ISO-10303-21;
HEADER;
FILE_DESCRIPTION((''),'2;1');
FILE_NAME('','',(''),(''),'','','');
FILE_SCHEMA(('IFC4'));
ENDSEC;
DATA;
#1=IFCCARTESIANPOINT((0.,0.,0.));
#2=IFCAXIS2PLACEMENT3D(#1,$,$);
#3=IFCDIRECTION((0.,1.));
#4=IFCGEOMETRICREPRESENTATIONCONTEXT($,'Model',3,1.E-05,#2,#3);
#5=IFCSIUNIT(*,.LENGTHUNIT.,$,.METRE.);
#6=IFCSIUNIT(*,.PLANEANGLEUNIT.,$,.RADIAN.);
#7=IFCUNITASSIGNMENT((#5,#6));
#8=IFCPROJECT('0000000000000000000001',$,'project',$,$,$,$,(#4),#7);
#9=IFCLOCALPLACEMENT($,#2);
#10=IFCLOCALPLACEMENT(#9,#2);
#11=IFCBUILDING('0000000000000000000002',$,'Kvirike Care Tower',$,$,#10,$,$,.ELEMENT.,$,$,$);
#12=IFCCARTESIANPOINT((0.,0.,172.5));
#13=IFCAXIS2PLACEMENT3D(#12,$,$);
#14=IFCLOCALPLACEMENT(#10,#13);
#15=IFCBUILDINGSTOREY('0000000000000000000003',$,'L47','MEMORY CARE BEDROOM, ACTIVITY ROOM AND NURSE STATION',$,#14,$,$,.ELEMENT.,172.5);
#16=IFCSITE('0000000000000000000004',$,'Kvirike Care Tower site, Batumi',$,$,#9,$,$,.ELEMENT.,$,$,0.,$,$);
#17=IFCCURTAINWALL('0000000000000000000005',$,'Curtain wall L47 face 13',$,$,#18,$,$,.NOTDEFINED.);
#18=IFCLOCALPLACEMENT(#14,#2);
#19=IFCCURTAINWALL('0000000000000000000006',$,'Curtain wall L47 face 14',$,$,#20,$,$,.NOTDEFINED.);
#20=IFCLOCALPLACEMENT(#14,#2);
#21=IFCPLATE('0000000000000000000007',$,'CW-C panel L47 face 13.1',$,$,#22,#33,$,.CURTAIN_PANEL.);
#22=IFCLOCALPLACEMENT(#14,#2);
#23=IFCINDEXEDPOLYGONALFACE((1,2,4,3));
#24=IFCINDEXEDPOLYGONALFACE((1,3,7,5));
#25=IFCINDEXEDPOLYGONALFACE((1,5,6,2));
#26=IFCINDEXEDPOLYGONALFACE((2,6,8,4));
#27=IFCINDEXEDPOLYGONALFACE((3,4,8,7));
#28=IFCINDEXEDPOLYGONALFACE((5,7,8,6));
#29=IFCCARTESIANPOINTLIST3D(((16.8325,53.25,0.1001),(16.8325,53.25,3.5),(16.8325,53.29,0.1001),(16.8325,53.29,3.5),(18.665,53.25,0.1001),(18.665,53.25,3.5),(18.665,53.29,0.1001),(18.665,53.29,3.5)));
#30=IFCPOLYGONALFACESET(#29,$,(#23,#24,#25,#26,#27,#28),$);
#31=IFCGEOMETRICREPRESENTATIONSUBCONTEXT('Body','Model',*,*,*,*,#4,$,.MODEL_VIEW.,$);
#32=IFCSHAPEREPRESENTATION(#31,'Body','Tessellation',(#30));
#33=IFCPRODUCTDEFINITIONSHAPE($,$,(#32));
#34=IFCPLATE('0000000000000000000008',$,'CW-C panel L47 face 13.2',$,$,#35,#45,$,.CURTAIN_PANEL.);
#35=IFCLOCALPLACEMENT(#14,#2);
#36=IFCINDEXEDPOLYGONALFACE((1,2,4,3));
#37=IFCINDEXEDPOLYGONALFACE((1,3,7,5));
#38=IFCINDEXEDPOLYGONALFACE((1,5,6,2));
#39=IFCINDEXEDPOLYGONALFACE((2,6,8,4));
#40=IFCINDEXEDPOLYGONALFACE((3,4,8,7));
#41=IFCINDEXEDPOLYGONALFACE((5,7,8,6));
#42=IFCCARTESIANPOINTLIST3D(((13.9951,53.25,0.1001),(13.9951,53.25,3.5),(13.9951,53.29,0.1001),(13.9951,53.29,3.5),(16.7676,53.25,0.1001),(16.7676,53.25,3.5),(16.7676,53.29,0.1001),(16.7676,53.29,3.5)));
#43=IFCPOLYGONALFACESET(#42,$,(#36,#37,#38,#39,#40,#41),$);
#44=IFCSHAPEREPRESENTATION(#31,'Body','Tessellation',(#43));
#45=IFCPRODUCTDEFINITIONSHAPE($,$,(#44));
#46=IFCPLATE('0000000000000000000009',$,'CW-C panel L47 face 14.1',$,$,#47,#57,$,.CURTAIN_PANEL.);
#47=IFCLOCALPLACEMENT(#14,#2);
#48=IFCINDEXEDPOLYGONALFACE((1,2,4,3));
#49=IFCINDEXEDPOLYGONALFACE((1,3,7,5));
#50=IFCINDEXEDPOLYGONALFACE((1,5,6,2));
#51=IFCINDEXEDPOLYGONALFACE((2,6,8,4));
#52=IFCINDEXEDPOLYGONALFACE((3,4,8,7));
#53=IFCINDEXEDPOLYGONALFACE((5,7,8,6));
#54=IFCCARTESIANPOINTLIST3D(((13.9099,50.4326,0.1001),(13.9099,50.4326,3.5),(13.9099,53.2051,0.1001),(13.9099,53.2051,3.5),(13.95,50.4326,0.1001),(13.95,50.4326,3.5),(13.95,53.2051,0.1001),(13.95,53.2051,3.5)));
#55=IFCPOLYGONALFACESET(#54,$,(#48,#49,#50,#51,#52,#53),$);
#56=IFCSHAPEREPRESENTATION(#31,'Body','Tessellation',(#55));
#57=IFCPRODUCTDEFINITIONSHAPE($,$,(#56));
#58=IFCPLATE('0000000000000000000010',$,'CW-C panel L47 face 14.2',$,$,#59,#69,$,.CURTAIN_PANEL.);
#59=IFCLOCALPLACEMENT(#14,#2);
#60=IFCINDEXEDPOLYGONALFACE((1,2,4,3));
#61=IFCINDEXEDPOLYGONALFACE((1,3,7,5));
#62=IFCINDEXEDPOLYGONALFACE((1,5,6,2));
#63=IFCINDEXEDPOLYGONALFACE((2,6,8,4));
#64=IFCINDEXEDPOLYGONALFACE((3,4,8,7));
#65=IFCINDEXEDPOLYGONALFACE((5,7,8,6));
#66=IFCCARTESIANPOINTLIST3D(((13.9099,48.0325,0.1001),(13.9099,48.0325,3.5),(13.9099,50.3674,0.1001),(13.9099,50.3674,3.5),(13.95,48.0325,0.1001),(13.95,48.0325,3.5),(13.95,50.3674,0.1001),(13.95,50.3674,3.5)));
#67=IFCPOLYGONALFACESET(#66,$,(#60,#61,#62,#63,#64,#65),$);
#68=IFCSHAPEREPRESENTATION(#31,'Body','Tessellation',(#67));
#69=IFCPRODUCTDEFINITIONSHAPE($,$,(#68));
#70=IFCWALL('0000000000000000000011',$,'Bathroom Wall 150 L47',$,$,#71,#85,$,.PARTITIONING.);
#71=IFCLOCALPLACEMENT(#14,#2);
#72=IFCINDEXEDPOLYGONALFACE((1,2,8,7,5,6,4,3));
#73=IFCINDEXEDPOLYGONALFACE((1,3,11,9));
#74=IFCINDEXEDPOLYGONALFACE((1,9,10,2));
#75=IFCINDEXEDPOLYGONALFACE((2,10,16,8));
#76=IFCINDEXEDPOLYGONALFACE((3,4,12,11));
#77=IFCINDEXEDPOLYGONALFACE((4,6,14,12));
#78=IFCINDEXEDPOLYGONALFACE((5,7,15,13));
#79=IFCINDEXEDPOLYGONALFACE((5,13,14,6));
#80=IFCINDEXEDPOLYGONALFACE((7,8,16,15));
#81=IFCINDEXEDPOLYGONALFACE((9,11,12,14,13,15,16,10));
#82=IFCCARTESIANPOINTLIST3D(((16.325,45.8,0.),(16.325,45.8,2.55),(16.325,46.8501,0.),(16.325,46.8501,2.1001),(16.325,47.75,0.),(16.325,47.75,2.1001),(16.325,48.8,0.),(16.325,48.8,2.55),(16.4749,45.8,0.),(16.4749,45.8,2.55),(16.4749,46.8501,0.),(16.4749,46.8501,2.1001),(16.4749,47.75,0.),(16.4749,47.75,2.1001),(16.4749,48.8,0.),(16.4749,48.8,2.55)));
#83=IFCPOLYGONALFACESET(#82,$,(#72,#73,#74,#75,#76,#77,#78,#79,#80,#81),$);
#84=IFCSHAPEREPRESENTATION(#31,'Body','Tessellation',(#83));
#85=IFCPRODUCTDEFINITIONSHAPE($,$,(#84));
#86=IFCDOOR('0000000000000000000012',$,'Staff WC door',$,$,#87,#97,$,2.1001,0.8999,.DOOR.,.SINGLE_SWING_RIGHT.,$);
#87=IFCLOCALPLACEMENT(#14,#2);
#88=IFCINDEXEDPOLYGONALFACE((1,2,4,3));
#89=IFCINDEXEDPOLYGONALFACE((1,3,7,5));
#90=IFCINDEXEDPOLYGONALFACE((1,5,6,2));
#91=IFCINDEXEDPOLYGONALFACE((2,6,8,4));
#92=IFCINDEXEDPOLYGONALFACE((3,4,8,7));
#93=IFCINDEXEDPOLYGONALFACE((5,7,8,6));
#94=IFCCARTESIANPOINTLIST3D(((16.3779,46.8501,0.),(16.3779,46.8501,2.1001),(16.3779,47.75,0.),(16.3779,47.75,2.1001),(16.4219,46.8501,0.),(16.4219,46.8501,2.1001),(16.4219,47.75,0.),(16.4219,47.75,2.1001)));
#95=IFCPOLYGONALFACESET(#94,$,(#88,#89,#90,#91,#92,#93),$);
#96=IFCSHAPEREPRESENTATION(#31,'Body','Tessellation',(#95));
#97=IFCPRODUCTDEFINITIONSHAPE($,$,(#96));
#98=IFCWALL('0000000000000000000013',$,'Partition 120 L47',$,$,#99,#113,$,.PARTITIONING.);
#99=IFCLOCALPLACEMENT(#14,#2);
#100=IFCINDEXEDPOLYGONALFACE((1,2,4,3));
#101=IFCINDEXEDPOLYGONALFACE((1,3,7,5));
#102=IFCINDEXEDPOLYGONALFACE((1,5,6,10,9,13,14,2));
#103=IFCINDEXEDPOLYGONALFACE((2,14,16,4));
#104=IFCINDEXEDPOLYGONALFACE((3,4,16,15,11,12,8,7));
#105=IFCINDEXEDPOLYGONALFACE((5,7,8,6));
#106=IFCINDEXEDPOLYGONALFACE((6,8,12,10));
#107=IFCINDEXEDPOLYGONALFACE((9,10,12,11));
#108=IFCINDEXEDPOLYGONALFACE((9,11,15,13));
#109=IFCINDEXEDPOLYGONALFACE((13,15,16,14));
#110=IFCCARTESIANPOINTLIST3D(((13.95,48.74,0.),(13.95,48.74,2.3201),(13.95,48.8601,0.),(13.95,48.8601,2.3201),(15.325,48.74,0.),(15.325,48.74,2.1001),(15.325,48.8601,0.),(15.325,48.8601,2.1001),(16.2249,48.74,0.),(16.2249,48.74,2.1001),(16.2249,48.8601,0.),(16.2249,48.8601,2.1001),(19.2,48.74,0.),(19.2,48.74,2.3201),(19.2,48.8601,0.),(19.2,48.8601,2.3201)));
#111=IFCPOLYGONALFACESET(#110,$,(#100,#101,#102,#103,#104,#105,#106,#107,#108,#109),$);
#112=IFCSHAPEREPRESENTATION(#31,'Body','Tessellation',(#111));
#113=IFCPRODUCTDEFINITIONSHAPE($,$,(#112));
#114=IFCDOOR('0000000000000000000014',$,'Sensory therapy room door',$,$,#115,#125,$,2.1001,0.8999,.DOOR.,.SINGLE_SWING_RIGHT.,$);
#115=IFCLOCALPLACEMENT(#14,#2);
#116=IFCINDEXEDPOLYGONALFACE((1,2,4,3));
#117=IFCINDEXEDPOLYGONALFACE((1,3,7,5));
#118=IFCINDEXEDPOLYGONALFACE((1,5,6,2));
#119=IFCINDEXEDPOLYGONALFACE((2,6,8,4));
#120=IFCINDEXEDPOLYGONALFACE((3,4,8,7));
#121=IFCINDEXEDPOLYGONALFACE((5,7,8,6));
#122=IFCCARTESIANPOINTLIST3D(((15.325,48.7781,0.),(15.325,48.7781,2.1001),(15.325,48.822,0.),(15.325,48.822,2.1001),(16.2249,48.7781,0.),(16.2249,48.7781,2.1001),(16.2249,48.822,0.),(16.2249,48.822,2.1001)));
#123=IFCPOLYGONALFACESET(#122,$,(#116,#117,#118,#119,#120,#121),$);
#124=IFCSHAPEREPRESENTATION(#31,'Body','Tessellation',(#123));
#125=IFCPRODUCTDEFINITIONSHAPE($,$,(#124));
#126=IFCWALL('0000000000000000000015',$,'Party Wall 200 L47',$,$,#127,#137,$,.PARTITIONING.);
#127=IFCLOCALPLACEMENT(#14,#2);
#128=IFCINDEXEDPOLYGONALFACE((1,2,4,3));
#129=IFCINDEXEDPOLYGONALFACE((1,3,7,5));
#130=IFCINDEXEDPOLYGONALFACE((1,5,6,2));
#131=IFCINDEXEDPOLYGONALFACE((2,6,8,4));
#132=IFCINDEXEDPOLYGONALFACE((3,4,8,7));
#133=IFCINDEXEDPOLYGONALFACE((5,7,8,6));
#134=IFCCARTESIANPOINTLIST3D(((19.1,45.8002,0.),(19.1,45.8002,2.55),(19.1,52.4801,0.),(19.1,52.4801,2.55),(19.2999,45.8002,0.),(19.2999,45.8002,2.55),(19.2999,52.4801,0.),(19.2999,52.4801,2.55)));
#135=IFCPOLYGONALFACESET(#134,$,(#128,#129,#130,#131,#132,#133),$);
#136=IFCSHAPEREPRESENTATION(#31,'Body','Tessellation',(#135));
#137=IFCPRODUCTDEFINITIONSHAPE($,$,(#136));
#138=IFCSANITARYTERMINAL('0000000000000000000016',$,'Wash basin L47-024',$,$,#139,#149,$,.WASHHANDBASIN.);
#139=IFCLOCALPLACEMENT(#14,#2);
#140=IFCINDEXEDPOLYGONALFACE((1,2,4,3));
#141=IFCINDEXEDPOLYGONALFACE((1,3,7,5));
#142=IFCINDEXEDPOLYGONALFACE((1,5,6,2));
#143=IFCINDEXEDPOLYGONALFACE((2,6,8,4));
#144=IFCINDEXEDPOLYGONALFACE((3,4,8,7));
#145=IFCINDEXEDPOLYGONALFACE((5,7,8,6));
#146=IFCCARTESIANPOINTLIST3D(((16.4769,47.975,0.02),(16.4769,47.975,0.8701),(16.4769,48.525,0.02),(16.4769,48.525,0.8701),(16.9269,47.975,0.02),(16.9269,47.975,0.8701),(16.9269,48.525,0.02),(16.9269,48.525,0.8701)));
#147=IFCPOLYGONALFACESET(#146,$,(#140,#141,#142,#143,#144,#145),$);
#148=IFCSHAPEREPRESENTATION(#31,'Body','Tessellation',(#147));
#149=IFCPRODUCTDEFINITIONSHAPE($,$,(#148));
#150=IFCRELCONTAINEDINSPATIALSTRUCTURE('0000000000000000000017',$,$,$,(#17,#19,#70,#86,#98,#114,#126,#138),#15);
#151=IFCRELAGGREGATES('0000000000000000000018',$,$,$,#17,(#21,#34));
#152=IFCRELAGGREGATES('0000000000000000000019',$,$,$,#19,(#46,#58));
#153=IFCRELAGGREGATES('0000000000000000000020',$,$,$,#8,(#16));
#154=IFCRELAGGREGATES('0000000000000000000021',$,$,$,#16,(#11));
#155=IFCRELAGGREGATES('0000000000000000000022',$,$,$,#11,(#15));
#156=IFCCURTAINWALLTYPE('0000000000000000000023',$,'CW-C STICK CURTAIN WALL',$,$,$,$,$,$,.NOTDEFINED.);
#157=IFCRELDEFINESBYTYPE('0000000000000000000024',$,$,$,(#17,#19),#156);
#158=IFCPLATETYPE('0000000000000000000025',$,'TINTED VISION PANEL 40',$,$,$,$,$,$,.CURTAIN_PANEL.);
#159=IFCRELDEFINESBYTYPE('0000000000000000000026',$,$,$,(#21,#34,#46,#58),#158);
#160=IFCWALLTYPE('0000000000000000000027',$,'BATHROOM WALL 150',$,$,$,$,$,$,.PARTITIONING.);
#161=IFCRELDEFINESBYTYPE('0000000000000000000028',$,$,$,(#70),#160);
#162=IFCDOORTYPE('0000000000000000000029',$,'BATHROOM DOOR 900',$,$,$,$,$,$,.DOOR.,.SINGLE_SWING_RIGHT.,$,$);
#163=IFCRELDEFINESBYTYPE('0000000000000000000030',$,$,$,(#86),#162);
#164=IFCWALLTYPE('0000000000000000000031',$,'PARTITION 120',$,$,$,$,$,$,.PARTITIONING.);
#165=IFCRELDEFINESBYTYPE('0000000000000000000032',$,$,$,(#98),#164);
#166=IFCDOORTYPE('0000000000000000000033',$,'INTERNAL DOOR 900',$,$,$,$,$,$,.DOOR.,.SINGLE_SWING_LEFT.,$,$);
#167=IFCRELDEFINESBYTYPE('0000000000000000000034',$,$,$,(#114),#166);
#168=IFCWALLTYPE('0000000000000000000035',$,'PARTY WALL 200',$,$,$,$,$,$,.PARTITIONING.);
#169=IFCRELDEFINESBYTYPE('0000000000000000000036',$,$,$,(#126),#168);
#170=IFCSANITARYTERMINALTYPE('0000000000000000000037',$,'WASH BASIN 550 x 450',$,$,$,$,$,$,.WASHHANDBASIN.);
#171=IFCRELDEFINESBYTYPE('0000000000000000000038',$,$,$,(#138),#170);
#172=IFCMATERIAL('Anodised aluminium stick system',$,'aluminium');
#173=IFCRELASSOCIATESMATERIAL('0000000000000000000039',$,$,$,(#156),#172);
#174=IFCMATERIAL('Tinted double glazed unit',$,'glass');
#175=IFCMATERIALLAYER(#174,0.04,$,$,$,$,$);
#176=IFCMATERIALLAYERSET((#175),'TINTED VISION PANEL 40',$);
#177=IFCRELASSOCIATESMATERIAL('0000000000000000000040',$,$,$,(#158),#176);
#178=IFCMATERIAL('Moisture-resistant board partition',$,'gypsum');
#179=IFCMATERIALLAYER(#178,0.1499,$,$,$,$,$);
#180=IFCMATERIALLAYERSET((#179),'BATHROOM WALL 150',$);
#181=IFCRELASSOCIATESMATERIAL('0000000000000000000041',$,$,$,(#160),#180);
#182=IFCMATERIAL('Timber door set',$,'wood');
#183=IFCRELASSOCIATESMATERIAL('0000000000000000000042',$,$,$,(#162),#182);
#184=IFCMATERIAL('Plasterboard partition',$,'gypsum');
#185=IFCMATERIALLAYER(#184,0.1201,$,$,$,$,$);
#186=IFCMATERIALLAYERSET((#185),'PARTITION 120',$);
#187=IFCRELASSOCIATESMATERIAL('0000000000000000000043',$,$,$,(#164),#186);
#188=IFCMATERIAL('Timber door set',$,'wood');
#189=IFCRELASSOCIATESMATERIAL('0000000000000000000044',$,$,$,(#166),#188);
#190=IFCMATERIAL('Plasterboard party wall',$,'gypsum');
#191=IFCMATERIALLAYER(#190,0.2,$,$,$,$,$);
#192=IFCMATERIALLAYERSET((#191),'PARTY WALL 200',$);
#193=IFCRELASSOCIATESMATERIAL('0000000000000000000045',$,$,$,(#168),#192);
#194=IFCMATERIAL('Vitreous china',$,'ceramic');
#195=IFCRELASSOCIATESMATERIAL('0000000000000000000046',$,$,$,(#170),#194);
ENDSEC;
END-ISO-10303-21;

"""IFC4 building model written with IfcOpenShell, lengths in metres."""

from ifc_helpers import new_model, si_unit, direction, frame, frame_2d, origin, origin_2d, place, context, subcontext, project, spatial, rectangle, extrude, material, layer, layer_set, type_object, element, fill, aggregate, save


model = new_model("IFC4")

# Units and contexts
model_context = context("Model", 3, precision=1e-05, world=origin(), true_north=direction((0.0, 1.0)))
body_context = subcontext(model_context, "Body", "Model", "MODEL_VIEW")
ifc_project = project(units=[si_unit("LENGTHUNIT", "METRE"), si_unit("PLANEANGLEUNIT", "RADIAN")], contexts=[model_context])

# Site, building, storey
site_placement = place(None, origin())
site = spatial("IfcSite", under=ifc_project, at=site_placement, Name="Kvirike Care Tower site, Batumi", CompositionType="ELEMENT", RefElevation=0.0)
building_placement = place(site_placement, origin())
building = spatial("IfcBuilding", under=site, at=building_placement, Name="Kvirike Care Tower", CompositionType="ELEMENT")
storey_placement = place(building_placement, frame((0.0, 0.0, 172.5)))
storey = spatial("IfcBuildingStorey", under=building, at=storey_placement, Name="L47", Description="MEMORY CARE BEDROOM, ACTIVITY ROOM AND NURSE STATION", CompositionType="ELEMENT", Elevation=172.5)

# Curtain wall
ifc_material_1 = material(Name="Anodised aluminium stick system", Category="aluminium")
curtain_wall_type = type_object("IfcCurtainWallType", Name="CW-C STICK CURTAIN WALL", PredefinedType="NOTDEFINED", material=ifc_material_1)
curtain_wall_1_placement = place(storey_placement, origin())
curtain_wall_1 = element("IfcCurtainWall", 1, at=curtain_wall_1_placement, inside=storey, type_object=curtain_wall_type, Name="Curtain wall L47 face 13", PredefinedType="NOTDEFINED")

# Curtain wall
curtain_wall_2_placement = place(storey_placement, origin())
curtain_wall_2 = element("IfcCurtainWall", 2, at=curtain_wall_2_placement, inside=storey, type_object=curtain_wall_type, Name="Curtain wall L47 face 14", PredefinedType="NOTDEFINED")

# Plates
ifc_material_2 = material(Name="Tinted double glazed unit", Category="glass")
ifc_layer_1 = layer(ifc_material_2, 0.04)
ifc_layer_set_1 = layer_set([ifc_layer_1], Name="TINTED VISION PANEL 40")
plate_type = type_object("IfcPlateType", Name="TINTED VISION PANEL 40", PredefinedType="CURTAIN_PANEL", material=ifc_layer_set_1)
plate_1_placement = place(storey_placement, frame((17.7488, 53.27, 0.1001), z_axis=(0.0, 0.0, 1.0), x_axis=(-1.0, 0.0, 0.0)))
plate_1 = element("IfcPlate", 3, at=plate_1_placement, type_object=plate_type, Name="CW-C panel L47 face 13.1", PredefinedType="CURTAIN_PANEL", context=body_context, shape_type="SweptSolid", body=[
    extrude(rectangle(XDim=1.8325, YDim=0.04, at=origin_2d()), origin(), (0.0, 0.0, 1.0), 3.3999),
])
plate_2_placement = place(storey_placement, frame((15.3813, 53.27, 0.1001), z_axis=(0.0, 0.0, 1.0), x_axis=(-1.0, 0.0, 0.0)))
plate_2 = element("IfcPlate", 4, at=plate_2_placement, type_object=plate_type, Name="CW-C panel L47 face 13.2", PredefinedType="CURTAIN_PANEL", context=body_context, shape_type="SweptSolid", body=[
    extrude(rectangle(XDim=2.7725, YDim=0.04, at=origin_2d()), origin(), (0.0, 0.0, 1.0), 3.3999),
])
aggregate(curtain_wall_1, [plate_1, plate_2])
plate_3_placement = place(storey_placement, frame((13.9299, 51.8188, 0.1001), z_axis=(0.0, 0.0, 1.0), x_axis=(0.0, -1.0, 0.0)))
plate_3 = element("IfcPlate", 5, at=plate_3_placement, type_object=plate_type, Name="CW-C panel L47 face 14.1", PredefinedType="CURTAIN_PANEL", context=body_context, shape_type="SweptSolid", body=[
    extrude(rectangle(XDim=2.7725, YDim=0.04, at=origin_2d()), origin(), (0.0, 0.0, 1.0), 3.3999),
])
plate_4_placement = place(storey_placement, frame((13.9299, 49.2, 0.1001), z_axis=(0.0, 0.0, 1.0), x_axis=(0.0, -1.0, 0.0)))
plate_4 = element("IfcPlate", 6, at=plate_4_placement, type_object=plate_type, Name="CW-C panel L47 face 14.2", PredefinedType="CURTAIN_PANEL", context=body_context, shape_type="SweptSolid", body=[
    extrude(rectangle(XDim=2.335, YDim=0.04, at=origin_2d()), origin(), (0.0, 0.0, 1.0), 3.3999),
])
aggregate(curtain_wall_2, [plate_3, plate_4])

# Walls, openings, doors
ifc_material_3 = material(Name="Moisture-resistant board partition", Category="gypsum")
ifc_layer_2 = layer(ifc_material_3, 0.1499)
ifc_layer_set_2 = layer_set([ifc_layer_2], Name="BATHROOM WALL 150")
wall_type_1 = type_object("IfcWallType", Name="BATHROOM WALL 150", PredefinedType="PARTITIONING", material=ifc_layer_set_2)
wall_1_placement = place(storey_placement, frame((16.3999, 48.8, 0.0), z_axis=(0.0, 0.0, 1.0), x_axis=(0.0, -1.0, 0.0)))
wall_1 = element("IfcWall", 7, at=wall_1_placement, inside=storey, type_object=wall_type_1, Name="Bathroom Wall 150 L47", PredefinedType="PARTITIONING", context=body_context, shape_type="SweptSolid", body=[
    extrude(rectangle(XDim=3.0, YDim=0.1499, at=frame_2d((1.5, 0.0))), origin(), (0.0, 0.0, 1.0), 2.55),
])
opening_1_placement = place(wall_1_placement, frame((1.05, 0.0, 0.0)))
opening_1 = element("IfcOpeningElement", 8, at=opening_1_placement, cuts=wall_1, PredefinedType="OPENING", context=body_context, shape_type="SweptSolid", body=[
    extrude(rectangle(XDim=0.8999, YDim=2.1001, at=frame_2d((0.45, 1.05))), frame((0.0, 0.0854, 0.0), z_axis=(0.0, -1.0, 0.0), x_axis=(1.0, 0.0, 0.0)), (0.0, 0.0, 1.0), 0.1709),
])
ifc_material_4 = material(Name="Timber door set", Category="wood")
door_type_1 = type_object("IfcDoorType", Name="BATHROOM DOOR 900", OperationType="SINGLE_SWING_RIGHT", PredefinedType="DOOR", material=ifc_material_4)
door_1_placement = place(opening_1_placement, frame((0.8999, 0.0, 0.0), z_axis=(0.0, 0.0, 1.0), x_axis=(-1.0, 0.0, 0.0)))
door_1 = element("IfcDoor", 9, at=door_1_placement, inside=storey, type_object=door_type_1, Name="Staff WC door", OperationType="SINGLE_SWING_RIGHT", OverallHeight=2.1001, OverallWidth=0.8999, PredefinedType="DOOR", context=body_context, shape_type="SweptSolid", body=[
    extrude(rectangle(XDim=0.8999, YDim=2.1001, at=frame_2d((0.45, 1.05))), frame((0.0, 0.022, 0.0), z_axis=(0.0, -1.0, 0.0), x_axis=(1.0, 0.0, 0.0)), (0.0, 0.0, 1.0), 0.0439),
])
fill(opening_1, door_1)
ifc_material_5 = material(Name="Plasterboard partition", Category="gypsum")
ifc_layer_3 = layer(ifc_material_5, 0.1201)
ifc_layer_set_3 = layer_set([ifc_layer_3], Name="PARTITION 120")
wall_type_2 = type_object("IfcWallType", Name="PARTITION 120", PredefinedType="PARTITIONING", material=ifc_layer_set_3)
wall_2_placement = place(storey_placement, frame((19.2, 48.8, 0.0), z_axis=(0.0, 0.0, 1.0), x_axis=(-1.0, 0.0, 0.0)))
wall_2 = element("IfcWall", 10, at=wall_2_placement, inside=storey, type_object=wall_type_2, Name="Partition 120 L47", PredefinedType="PARTITIONING", context=body_context, shape_type="SweptSolid", body=[
    extrude(rectangle(XDim=5.25, YDim=0.1201, at=frame_2d((2.625, 0.0))), origin(), (0.0, 0.0, 1.0), 2.3201),
])
opening_2_placement = place(wall_2_placement, frame((2.9751, 0.0, 0.0)))
opening_2 = element("IfcOpeningElement", 11, at=opening_2_placement, cuts=wall_2, PredefinedType="OPENING", context=body_context, shape_type="SweptSolid", body=[
    extrude(rectangle(XDim=0.8999, YDim=2.1001, at=frame_2d((0.45, 1.05))), frame((0.0, 0.0706, 0.0), z_axis=(0.0, -1.0, 0.0), x_axis=(1.0, 0.0, 0.0)), (0.0, 0.0, 1.0), 0.1411),
])
ifc_material_6 = material(Name="Timber door set", Category="wood")
door_type_2 = type_object("IfcDoorType", Name="INTERNAL DOOR 900", OperationType="SINGLE_SWING_LEFT", PredefinedType="DOOR", material=ifc_material_6)
door_2_placement = place(opening_2_placement, origin())
door_2 = element("IfcDoor", 12, at=door_2_placement, inside=storey, type_object=door_type_2, Name="Sensory therapy room door", OperationType="SINGLE_SWING_RIGHT", OverallHeight=2.1001, OverallWidth=0.8999, PredefinedType="DOOR", context=body_context, shape_type="SweptSolid", body=[
    extrude(rectangle(XDim=0.8999, YDim=2.1001, at=frame_2d((0.45, 1.05))), frame((0.0, 0.022, 0.0), z_axis=(0.0, -1.0, 0.0), x_axis=(1.0, 0.0, 0.0)), (0.0, 0.0, 1.0), 0.0439),
])
fill(opening_2, door_2)

# Wall
ifc_material_7 = material(Name="Plasterboard party wall", Category="gypsum")
ifc_layer_4 = layer(ifc_material_7, 0.2)
ifc_layer_set_4 = layer_set([ifc_layer_4], Name="PARTY WALL 200")
wall_type_3 = type_object("IfcWallType", Name="PARTY WALL 200", PredefinedType="PARTITIONING", material=ifc_layer_set_4)
wall_3_placement = place(storey_placement, frame((19.2, 52.48, 0.0), z_axis=(0.0, 0.0, 1.0), x_axis=(0.0, -1.0, 0.0)))
element("IfcWall", 13, at=wall_3_placement, inside=storey, type_object=wall_type_3, Name="Party Wall 200 L47", PredefinedType="PARTITIONING", context=body_context, shape_type="SweptSolid", body=[
    extrude(rectangle(XDim=6.6799, YDim=0.2, at=frame_2d((3.3398, 0.0))), origin(), (0.0, 0.0, 1.0), 2.55),
])

# Sanitary terminal
ifc_material_8 = material(Name="Vitreous china", Category="ceramic")
sanitary_terminal_type = type_object("IfcSanitaryTerminalType", Name="WASH BASIN 550 x 450", PredefinedType="WASHHANDBASIN", material=ifc_material_8)
sanitary_terminal_placement = place(storey_placement, frame((16.7019, 48.25, 0.02), z_axis=(0.0, 0.0, 1.0), x_axis=(0.0, 1.0, 0.0)))
element("IfcSanitaryTerminal", 14, at=sanitary_terminal_placement, inside=storey, type_object=sanitary_terminal_type, Name="Wash basin L47-024", PredefinedType="WASHHANDBASIN", context=body_context, shape_type="SweptSolid", body=[
    extrude(rectangle(XDim=0.55, YDim=0.45, at=origin_2d()), origin(), (0.0, 0.0, 1.0), 0.8501),
])

save(model, "model.ifc")
